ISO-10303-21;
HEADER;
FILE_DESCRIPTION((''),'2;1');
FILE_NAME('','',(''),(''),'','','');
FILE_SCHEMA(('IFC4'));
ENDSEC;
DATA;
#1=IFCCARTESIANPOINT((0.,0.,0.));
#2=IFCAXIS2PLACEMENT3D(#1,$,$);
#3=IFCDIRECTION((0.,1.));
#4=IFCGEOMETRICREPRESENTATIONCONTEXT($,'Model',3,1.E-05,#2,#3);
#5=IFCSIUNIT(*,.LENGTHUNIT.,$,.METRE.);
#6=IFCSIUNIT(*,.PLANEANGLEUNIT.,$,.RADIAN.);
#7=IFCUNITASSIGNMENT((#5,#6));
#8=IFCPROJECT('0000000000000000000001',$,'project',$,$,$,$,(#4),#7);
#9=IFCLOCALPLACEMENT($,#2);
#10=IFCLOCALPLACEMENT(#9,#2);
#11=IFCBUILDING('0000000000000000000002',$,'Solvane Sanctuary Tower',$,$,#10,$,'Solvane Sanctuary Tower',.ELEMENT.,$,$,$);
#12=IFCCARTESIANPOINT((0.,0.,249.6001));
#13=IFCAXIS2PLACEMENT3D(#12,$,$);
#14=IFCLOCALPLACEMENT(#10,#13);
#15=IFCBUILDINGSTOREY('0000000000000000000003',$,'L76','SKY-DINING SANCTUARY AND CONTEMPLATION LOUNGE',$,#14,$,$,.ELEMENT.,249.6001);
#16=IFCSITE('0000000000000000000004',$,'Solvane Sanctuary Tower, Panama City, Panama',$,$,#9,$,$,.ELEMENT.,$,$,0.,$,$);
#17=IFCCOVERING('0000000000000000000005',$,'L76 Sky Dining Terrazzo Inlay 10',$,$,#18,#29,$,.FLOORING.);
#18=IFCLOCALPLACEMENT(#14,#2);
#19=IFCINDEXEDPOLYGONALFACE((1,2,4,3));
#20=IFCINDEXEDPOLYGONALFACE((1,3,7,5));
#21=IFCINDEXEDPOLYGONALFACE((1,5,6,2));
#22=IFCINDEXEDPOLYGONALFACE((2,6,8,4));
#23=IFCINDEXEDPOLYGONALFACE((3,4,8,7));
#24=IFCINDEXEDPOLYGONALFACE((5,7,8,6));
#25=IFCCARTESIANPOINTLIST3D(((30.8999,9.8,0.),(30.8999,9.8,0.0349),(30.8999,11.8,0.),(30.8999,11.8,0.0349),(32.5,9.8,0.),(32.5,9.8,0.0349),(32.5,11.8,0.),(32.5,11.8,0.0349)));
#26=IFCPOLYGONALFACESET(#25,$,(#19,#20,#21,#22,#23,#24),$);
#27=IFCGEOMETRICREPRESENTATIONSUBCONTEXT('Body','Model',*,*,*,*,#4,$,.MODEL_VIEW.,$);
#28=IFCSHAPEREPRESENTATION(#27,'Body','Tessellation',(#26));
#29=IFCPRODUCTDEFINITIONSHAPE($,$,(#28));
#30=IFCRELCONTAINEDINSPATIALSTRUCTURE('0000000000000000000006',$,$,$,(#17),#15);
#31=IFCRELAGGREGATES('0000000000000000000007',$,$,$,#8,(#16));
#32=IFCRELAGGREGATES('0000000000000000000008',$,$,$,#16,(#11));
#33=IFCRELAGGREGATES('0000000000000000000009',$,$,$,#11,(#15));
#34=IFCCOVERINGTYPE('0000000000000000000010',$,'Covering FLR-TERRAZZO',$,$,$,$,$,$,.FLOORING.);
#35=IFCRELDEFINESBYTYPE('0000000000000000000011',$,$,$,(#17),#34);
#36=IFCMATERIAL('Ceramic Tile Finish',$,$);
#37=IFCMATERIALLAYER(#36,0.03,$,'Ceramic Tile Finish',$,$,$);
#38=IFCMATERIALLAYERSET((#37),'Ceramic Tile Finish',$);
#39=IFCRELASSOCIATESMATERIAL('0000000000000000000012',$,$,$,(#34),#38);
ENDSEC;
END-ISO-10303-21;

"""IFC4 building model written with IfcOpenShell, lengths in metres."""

from ifc_helpers import new_model, si_unit, direction, frame, origin, place, context, subcontext, project, spatial, polyline, outline, extrude, material, layer, layer_set, type_object, element, save


model = new_model("IFC4")

# Units and contexts
model_context = context("Model", 3, precision=1e-05, world=origin(), true_north=direction((0.0, 1.0)))
body_context = subcontext(model_context, "Body", "Model", "MODEL_VIEW")
ifc_project = project(units=[si_unit("LENGTHUNIT", "METRE"), si_unit("PLANEANGLEUNIT", "RADIAN")], contexts=[model_context])

# Site, building, storey
site_placement = place(None, origin())
site = spatial("IfcSite", under=ifc_project, at=site_placement, Name="Solvane Sanctuary Tower, Panama City, Panama", CompositionType="ELEMENT", RefElevation=0.0)
building_placement = place(site_placement, origin())
building = spatial("IfcBuilding", under=site, at=building_placement, Name="Solvane Sanctuary Tower", LongName="Solvane Sanctuary Tower", CompositionType="ELEMENT")
storey_placement = place(building_placement, frame((0.0, 0.0, 249.6001)))
storey = spatial("IfcBuildingStorey", under=building, at=storey_placement, Name="L76", Description="SKY-DINING SANCTUARY AND CONTEMPLATION LOUNGE", CompositionType="ELEMENT", Elevation=249.6001)

# Covering
ifc_material_1 = material(Name="Ceramic Tile Finish")
ifc_layer_1 = layer(ifc_material_1, 0.03, Name="Ceramic Tile Finish")
ifc_layer_set_1 = layer_set([ifc_layer_1], Name="Ceramic Tile Finish")
covering_type_1 = type_object("IfcCoveringType", Name="Covering FLR-TERRAZZO", PredefinedType="FLOORING", material=ifc_layer_set_1)
covering_1_placement = place(storey_placement, origin())
element("IfcCovering", 1, at=covering_1_placement, inside=storey, type_object=covering_type_1, Name="L76 Sky Dining Terrazzo Inlay 10", PredefinedType="FLOORING", context=body_context, shape_type="SweptSolid", body=[
    extrude(outline(polyline([(30.8999, 9.8), (32.5, 9.8), (32.5, 11.8), (30.8999, 11.8), (30.8999, 9.8)])), origin(), (0.0, 0.0, 1.0), 0.0349),
])

save(model, "model.ifc")
